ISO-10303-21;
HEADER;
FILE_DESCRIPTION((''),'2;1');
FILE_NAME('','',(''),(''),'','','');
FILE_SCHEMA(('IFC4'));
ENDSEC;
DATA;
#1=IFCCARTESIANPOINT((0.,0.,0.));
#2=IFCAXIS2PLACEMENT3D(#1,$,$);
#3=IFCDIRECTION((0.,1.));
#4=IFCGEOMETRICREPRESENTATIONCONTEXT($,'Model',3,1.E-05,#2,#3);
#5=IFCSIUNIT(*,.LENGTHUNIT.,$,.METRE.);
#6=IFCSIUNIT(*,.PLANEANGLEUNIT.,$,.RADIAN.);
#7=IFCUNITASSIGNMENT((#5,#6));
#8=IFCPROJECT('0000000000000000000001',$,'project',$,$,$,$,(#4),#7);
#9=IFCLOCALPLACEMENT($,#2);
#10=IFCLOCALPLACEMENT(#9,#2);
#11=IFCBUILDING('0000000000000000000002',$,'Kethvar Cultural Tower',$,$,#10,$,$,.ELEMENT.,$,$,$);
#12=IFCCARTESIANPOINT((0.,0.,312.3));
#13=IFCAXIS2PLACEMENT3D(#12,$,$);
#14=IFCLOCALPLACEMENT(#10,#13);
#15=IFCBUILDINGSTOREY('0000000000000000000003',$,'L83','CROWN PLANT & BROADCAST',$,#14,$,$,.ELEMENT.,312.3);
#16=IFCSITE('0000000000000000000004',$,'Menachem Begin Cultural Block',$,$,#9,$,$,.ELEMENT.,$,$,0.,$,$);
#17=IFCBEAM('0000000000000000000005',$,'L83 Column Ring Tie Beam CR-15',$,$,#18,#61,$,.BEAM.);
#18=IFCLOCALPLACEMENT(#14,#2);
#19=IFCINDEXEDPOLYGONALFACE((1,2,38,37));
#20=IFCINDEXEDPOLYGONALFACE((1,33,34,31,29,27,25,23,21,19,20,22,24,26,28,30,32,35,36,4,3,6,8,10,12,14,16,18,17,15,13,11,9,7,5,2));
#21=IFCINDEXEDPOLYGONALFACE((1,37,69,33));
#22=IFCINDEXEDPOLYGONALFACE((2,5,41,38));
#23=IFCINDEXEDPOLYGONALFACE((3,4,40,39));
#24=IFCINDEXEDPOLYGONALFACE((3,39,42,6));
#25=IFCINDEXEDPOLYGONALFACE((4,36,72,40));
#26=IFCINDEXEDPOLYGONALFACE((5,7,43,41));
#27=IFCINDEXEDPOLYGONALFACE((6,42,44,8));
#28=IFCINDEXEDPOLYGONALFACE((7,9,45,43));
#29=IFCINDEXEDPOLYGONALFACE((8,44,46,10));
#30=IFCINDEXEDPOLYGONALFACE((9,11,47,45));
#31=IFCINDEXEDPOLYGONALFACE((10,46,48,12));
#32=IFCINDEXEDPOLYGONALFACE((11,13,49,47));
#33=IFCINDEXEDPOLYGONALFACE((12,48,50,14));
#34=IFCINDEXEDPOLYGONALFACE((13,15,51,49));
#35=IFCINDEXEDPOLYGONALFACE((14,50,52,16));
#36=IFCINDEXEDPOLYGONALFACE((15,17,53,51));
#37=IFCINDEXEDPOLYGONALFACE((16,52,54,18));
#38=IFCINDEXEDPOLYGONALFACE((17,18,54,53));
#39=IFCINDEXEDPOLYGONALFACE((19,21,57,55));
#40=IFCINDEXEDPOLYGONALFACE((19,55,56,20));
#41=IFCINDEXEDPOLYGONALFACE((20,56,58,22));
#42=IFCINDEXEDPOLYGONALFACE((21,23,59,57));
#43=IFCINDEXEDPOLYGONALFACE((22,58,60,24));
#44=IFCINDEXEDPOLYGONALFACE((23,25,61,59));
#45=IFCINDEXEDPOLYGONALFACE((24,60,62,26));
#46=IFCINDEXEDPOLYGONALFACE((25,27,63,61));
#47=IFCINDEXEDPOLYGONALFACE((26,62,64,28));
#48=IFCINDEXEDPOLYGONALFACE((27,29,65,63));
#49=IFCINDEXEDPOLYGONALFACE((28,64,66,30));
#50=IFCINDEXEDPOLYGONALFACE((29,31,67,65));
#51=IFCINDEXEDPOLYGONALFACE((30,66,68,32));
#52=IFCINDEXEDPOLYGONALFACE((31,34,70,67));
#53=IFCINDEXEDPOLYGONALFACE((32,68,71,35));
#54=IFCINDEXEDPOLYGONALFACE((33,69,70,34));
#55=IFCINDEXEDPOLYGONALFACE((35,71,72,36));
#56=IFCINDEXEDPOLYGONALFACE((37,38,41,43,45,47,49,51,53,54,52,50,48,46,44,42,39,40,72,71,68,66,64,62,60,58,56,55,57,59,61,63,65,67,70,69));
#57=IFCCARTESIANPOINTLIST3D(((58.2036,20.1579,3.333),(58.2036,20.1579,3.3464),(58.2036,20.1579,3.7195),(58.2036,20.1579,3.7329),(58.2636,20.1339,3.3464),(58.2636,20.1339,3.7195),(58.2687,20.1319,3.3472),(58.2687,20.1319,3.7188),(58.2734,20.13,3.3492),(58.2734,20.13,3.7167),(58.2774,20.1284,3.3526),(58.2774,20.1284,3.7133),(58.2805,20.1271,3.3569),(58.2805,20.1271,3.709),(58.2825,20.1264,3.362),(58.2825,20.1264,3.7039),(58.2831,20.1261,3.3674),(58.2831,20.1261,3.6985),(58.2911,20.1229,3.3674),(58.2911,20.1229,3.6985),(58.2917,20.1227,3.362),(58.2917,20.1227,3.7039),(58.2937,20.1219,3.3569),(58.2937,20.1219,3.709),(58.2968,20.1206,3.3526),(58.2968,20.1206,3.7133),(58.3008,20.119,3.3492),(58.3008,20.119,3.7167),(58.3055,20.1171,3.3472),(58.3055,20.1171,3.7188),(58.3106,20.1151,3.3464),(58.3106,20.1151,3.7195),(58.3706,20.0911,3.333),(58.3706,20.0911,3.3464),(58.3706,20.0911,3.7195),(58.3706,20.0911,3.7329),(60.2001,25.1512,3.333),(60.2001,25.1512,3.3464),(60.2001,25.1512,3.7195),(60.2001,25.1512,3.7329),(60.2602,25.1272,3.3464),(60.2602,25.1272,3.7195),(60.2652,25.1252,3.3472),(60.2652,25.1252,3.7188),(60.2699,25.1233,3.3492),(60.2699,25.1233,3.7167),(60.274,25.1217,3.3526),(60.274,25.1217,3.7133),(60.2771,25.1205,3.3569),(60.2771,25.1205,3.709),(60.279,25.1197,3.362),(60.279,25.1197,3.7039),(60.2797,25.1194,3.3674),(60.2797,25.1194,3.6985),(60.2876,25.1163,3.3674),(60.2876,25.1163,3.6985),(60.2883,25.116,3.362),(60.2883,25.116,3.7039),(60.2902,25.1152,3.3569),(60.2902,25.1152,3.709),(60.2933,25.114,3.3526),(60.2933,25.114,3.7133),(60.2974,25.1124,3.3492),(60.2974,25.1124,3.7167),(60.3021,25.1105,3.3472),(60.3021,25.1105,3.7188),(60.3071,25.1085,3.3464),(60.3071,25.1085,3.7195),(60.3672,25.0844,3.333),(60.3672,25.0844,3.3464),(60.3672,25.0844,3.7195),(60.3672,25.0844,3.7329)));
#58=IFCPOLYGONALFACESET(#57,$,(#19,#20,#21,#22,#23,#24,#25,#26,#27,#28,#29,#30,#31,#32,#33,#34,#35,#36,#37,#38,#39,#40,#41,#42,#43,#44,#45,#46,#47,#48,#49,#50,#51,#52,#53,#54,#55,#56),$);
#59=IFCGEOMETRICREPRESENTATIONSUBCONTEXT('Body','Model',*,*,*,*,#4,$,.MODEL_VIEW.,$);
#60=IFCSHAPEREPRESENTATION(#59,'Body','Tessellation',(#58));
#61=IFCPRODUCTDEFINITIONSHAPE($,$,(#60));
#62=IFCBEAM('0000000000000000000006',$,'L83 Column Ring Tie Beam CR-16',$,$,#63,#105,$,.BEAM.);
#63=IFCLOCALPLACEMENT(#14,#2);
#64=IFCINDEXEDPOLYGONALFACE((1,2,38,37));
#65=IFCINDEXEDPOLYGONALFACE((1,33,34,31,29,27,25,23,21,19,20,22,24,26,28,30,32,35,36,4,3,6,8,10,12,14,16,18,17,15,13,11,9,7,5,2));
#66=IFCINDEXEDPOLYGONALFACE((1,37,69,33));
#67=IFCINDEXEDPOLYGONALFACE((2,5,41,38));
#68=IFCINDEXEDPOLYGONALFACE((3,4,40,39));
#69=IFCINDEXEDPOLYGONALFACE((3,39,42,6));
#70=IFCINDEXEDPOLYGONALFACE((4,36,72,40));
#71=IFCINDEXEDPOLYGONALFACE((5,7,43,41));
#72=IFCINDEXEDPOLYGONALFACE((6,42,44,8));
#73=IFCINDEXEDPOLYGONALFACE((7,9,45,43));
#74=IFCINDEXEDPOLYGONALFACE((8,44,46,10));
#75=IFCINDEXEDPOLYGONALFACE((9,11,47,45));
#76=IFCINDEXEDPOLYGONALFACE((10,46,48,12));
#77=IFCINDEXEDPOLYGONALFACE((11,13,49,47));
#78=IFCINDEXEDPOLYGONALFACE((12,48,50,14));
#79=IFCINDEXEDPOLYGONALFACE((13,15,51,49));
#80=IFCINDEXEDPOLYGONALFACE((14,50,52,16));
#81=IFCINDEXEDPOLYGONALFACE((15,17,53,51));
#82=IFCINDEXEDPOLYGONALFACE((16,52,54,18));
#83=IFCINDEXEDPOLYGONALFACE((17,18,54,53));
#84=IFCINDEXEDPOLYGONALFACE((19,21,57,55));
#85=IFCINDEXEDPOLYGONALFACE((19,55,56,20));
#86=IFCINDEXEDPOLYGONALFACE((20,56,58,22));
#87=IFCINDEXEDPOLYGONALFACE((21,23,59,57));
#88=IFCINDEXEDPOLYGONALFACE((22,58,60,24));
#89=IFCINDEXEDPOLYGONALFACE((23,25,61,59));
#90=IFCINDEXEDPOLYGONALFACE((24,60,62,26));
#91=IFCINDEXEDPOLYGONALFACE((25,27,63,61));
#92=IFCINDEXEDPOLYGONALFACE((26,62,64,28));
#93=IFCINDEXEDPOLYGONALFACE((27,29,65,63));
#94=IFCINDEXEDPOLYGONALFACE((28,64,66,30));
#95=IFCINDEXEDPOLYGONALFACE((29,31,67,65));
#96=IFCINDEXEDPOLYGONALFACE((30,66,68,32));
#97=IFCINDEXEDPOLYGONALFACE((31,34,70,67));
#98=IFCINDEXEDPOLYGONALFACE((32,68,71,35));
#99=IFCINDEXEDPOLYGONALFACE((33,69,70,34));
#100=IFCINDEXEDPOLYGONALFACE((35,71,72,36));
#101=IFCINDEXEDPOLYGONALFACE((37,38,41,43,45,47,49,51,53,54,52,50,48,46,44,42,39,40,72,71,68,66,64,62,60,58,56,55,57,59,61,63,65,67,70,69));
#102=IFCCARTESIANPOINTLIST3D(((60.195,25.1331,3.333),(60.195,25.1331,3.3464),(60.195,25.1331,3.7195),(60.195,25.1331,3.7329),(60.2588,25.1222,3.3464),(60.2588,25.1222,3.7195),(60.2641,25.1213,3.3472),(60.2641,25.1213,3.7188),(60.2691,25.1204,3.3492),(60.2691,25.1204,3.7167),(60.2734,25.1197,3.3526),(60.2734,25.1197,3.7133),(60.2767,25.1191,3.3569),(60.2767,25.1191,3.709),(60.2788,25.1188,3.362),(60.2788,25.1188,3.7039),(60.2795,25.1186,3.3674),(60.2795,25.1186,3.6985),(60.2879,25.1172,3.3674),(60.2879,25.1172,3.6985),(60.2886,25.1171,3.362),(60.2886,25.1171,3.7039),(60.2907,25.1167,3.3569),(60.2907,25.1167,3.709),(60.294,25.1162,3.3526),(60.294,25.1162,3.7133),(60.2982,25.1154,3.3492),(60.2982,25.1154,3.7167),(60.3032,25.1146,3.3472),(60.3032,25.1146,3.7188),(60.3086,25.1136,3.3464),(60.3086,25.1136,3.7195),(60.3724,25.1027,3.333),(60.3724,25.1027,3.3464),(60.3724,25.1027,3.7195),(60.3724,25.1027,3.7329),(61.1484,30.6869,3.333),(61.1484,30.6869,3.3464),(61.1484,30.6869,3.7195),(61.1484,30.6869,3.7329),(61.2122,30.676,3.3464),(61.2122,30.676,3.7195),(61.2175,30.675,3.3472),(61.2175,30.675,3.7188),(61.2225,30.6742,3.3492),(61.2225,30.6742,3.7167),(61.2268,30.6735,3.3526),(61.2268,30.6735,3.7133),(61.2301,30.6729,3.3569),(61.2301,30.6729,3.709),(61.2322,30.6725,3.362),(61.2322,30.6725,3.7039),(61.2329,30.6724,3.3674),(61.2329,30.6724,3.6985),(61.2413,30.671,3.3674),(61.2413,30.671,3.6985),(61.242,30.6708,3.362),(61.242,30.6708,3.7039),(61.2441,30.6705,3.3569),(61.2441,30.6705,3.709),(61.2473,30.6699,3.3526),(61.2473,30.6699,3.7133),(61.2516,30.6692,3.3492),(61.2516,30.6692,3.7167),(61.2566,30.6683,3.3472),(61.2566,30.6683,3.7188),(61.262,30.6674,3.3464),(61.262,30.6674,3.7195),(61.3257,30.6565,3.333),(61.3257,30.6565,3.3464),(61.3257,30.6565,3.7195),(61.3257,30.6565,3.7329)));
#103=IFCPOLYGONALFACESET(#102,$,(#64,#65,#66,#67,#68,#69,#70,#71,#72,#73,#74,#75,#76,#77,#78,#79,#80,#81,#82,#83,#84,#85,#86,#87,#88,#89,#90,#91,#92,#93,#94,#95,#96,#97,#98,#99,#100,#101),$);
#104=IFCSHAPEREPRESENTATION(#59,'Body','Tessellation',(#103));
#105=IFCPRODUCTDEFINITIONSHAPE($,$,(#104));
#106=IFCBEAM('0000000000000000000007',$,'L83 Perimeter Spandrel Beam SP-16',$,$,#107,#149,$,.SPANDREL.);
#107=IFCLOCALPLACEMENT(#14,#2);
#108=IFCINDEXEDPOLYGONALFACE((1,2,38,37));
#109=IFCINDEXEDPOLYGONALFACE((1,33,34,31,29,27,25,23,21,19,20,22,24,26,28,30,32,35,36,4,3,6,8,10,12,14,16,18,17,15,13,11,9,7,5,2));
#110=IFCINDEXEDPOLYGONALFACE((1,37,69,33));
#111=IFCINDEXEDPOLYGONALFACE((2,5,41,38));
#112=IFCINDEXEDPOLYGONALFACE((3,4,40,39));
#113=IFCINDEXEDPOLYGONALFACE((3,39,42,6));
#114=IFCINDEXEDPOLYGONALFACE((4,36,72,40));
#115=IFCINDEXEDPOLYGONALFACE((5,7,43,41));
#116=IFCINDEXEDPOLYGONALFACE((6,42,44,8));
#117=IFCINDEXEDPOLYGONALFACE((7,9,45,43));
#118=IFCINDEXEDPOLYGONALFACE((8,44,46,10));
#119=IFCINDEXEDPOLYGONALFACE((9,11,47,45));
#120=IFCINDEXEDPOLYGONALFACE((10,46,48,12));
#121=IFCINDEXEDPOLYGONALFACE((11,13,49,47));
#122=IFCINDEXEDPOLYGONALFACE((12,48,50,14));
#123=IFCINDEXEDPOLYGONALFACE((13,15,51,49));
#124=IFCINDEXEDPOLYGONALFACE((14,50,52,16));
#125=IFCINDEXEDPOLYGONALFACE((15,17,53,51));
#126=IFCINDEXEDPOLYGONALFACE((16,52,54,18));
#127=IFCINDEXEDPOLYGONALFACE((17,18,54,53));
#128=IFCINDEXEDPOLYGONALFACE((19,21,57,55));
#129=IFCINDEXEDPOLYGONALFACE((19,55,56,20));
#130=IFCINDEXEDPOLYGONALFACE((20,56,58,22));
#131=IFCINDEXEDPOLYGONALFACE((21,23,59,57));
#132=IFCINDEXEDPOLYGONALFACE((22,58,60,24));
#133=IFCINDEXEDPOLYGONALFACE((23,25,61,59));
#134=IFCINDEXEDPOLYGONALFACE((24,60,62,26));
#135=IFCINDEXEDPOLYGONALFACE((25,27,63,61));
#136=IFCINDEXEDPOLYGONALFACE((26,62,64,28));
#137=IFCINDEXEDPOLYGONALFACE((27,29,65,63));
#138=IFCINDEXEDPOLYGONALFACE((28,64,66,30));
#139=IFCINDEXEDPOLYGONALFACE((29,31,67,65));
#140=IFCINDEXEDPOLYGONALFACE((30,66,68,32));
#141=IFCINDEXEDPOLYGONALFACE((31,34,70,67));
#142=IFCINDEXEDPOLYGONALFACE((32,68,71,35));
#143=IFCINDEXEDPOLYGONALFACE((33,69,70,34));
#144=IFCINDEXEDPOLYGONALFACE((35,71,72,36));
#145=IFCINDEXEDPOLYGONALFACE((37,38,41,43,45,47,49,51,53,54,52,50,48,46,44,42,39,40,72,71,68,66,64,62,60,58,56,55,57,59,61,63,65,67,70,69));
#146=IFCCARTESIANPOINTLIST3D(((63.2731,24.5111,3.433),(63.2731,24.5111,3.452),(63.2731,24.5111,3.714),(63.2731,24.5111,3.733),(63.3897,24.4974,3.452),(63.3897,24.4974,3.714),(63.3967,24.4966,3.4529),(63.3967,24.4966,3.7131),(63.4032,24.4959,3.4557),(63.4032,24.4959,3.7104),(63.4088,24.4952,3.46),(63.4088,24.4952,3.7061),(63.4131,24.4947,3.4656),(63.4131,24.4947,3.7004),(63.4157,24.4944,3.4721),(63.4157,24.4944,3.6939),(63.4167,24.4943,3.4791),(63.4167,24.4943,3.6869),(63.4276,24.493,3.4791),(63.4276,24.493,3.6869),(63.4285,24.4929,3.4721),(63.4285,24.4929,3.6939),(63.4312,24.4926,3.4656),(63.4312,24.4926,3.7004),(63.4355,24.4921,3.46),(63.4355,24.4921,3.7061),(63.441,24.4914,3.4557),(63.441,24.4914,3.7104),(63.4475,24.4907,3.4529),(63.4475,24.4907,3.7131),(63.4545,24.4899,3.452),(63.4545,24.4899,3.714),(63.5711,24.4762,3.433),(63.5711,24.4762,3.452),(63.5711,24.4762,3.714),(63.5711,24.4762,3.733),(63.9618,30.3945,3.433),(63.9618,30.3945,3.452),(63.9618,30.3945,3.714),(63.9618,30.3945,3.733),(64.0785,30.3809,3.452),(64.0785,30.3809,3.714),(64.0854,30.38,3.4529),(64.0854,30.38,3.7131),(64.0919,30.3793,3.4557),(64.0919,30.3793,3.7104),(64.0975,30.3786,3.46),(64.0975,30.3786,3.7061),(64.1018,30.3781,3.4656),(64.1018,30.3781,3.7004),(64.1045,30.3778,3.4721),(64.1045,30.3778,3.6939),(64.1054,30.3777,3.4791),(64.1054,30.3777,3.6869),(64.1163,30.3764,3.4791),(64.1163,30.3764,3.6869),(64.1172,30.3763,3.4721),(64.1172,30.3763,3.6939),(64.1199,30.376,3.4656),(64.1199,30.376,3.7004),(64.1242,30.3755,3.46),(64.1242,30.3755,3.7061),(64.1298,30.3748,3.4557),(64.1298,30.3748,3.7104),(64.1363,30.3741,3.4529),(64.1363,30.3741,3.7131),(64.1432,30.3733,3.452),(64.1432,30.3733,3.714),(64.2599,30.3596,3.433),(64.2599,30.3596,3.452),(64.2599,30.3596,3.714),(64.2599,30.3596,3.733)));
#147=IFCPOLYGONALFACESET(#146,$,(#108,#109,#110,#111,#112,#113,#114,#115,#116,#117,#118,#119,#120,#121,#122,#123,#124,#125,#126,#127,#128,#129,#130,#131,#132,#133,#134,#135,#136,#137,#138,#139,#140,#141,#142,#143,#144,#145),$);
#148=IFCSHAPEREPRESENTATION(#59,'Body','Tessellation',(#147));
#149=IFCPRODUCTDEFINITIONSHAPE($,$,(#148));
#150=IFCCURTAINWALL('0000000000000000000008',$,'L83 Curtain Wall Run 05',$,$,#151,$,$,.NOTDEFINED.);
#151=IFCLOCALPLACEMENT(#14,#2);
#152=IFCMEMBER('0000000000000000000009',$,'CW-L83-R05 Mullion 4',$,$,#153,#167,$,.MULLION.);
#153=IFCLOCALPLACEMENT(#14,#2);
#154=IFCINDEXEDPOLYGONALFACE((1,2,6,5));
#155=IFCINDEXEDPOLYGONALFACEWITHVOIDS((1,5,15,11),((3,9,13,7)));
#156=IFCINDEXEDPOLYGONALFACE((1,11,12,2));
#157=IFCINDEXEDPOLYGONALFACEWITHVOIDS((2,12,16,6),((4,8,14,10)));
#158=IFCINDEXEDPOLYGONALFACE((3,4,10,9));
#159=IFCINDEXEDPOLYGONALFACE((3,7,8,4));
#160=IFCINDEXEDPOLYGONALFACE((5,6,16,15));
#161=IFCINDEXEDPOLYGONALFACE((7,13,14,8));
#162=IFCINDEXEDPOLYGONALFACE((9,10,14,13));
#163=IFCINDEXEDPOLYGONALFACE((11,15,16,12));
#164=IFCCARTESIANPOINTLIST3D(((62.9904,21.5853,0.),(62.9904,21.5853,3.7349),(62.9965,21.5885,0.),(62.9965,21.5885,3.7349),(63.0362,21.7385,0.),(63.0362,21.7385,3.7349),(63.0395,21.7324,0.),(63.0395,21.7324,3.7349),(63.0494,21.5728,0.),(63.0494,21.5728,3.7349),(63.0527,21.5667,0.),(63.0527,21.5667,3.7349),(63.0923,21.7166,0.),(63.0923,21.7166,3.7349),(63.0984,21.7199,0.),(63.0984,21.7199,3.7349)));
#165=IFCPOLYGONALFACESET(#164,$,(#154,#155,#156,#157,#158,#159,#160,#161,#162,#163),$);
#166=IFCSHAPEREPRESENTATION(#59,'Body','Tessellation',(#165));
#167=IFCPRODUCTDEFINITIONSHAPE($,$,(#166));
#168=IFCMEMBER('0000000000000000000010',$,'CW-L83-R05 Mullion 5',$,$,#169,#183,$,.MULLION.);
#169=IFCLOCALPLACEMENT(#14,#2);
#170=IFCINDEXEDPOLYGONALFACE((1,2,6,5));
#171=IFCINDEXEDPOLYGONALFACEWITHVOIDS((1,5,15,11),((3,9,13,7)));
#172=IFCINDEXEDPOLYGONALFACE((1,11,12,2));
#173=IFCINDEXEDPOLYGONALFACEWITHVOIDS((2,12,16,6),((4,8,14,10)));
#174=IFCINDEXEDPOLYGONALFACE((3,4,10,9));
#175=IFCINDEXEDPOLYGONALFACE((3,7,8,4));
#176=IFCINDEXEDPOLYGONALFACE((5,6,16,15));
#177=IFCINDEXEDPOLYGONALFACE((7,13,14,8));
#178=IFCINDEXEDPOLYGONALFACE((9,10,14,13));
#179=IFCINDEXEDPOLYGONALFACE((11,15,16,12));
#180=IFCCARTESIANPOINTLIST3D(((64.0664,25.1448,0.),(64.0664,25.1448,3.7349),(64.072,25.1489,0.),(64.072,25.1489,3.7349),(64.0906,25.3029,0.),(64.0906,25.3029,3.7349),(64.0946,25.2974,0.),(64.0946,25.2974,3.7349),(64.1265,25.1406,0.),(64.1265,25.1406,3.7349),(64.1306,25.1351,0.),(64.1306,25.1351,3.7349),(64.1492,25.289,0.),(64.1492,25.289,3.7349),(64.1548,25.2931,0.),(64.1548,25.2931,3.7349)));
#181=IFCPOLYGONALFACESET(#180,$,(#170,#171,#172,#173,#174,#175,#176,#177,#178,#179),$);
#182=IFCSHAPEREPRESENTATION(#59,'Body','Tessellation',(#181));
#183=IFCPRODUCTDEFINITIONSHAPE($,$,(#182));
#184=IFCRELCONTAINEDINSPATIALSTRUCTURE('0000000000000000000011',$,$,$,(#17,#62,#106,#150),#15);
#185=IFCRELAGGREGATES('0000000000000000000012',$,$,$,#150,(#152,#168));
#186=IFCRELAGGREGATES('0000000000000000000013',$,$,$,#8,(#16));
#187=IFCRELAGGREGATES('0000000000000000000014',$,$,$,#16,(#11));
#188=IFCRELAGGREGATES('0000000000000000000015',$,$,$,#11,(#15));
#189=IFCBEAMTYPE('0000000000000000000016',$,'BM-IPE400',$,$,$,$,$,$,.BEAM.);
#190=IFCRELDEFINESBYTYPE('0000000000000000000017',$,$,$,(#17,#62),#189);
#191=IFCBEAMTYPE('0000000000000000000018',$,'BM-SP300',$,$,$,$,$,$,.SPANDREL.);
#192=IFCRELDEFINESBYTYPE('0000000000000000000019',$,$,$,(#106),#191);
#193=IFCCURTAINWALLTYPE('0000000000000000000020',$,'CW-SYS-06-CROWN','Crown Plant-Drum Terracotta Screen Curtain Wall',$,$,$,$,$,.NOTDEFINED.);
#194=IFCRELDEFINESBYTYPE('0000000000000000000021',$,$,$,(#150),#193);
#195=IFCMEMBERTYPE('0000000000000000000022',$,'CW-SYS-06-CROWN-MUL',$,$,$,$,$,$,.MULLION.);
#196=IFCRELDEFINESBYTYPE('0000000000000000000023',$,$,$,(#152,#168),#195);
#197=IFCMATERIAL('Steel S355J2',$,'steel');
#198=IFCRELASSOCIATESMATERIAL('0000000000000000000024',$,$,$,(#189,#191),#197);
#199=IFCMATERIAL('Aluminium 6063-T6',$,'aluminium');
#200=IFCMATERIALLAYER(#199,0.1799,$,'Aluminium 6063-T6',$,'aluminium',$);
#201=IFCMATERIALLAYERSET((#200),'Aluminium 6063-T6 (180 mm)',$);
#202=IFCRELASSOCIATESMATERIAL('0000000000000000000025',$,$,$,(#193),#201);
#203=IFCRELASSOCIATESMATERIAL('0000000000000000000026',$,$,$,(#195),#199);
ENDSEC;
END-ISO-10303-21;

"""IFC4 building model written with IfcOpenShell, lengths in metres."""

from ifc_helpers import new_model, si_unit, direction, frame, origin, origin_2d, place, context, subcontext, project, spatial, hollow_rectangle, i_section, extrude, source, transform, mapped, material, layer, layer_set, material_profile, profile_set, type_object, element, aggregate, save


model = new_model("IFC4")

# Units and contexts
model_context = context("Model", 3, precision=1e-05, world=origin(), true_north=direction((0.0, 1.0)))
body_context = subcontext(model_context, "Body", "Model", "MODEL_VIEW")
ifc_project = project(units=[si_unit("LENGTHUNIT", "METRE"), si_unit("PLANEANGLEUNIT", "RADIAN")], contexts=[model_context])

# Site, building, storey
site_placement = place(None, origin())
site = spatial("IfcSite", under=ifc_project, at=site_placement, Name="Menachem Begin Cultural Block", CompositionType="ELEMENT", RefElevation=0.0)
building_placement = place(site_placement, origin())
building = spatial("IfcBuilding", under=site, at=building_placement, Name="Kethvar Cultural Tower", CompositionType="ELEMENT")
storey_placement = place(building_placement, frame((0.0, 0.0, 312.3)))
storey = spatial("IfcBuildingStorey", under=building, at=storey_placement, Name="L83", Description="CROWN PLANT & BROADCAST", CompositionType="ELEMENT", Elevation=312.3)

# Shared definitions
ifc_material_1 = material(Name="Steel S355J2", Category="steel")

# Beams
ifc_material_profile_1 = material_profile(ifc_material_1, i_section(OverallWidth=0.1799, OverallDepth=0.3999, WebThickness=0.0085, FlangeThickness=0.0134, FilletRadius=0.021, at=origin_2d()), Name="Steel S355J2 — IPE400")
ifc_profile_set_1 = profile_set([ifc_material_profile_1], Name="Steel S355J2 — IPE400")
beam_type_1 = type_object("IfcBeamType", Name="BM-IPE400", PredefinedType="BEAM", material=ifc_profile_set_1)
shared_shape_1 = source(origin(), body_context, "Body", "SweptSolid", [
    extrude(i_section(OverallWidth=0.1799, OverallDepth=0.3999, WebThickness=0.0085, FlangeThickness=0.0134, FilletRadius=0.021, at=origin_2d()), origin(), (0.0, 0.0, 1.0), 5.3777),
])
beam_1_placement = place(storey_placement, frame((58.2871, 20.1245, 3.533), z_axis=(0.371265, 0.928527, 0.0), x_axis=(-0.928527, 0.371265, 0.0)))
element("IfcBeam", 1, at=beam_1_placement, inside=storey, type_object=beam_type_1, Name="L83 Column Ring Tie Beam CR-15", PredefinedType="BEAM", context=body_context, shape_type="MappedRepresentation", body=[
    mapped(shared_shape_1, transform((0.0, 0.0, 0.0), scale=1.0)),
])
shared_shape_2 = source(origin(), body_context, "Body", "SweptSolid", [
    extrude(i_section(OverallWidth=0.1799, OverallDepth=0.3999, WebThickness=0.0085, FlangeThickness=0.0134, FilletRadius=0.021, at=origin_2d()), origin(), (0.0, 0.0, 1.0), 5.635),
])
beam_2_placement = place(storey_placement, frame((60.2837, 25.1179, 3.533), z_axis=(0.169189, 0.985584, 0.0), x_axis=(-0.985584, 0.169189, 0.0)))
element("IfcBeam", 2, at=beam_2_placement, inside=storey, type_object=beam_type_1, Name="L83 Column Ring Tie Beam CR-16", PredefinedType="BEAM", context=body_context, shape_type="MappedRepresentation", body=[
    mapped(shared_shape_2, transform((0.0, 0.0, 0.0), scale=1.0)),
])
ifc_material_profile_2 = material_profile(ifc_material_1, i_section(OverallWidth=0.3, OverallDepth=0.3, WebThickness=0.011, FlangeThickness=0.019, FilletRadius=0.0271, at=origin_2d()), Name="Steel S355J2 — HEB300")
ifc_profile_set_2 = profile_set([ifc_material_profile_2], Name="Steel S355J2 — HEB300")
beam_type_2 = type_object("IfcBeamType", Name="BM-SP300", PredefinedType="SPANDREL", material=ifc_profile_set_2)
shared_shape_3 = source(origin(), body_context, "Body", "SweptSolid", [
    extrude(i_section(OverallWidth=0.3, OverallDepth=0.3, WebThickness=0.011, FlangeThickness=0.019, FilletRadius=0.0271, at=origin_2d()), origin(), (0.0, 0.0, 1.0), 5.9236),
])
beam_3_placement = place(storey_placement, frame((63.4221, 24.4937, 3.583), z_axis=(0.11627, 0.993218, 0.0), x_axis=(-0.993218, 0.11627, 0.0)))
element("IfcBeam", 3, at=beam_3_placement, inside=storey, type_object=beam_type_2, Name="L83 Perimeter Spandrel Beam SP-16", PredefinedType="SPANDREL", context=body_context, shape_type="MappedRepresentation", body=[
    mapped(shared_shape_3, transform((0.0, 0.0, 0.0), scale=1.0)),
])

# Curtain wall, members
ifc_material_2 = material(Name="Aluminium 6063-T6", Category="aluminium")
ifc_layer_1 = layer(ifc_material_2, 0.1799, Name="Aluminium 6063-T6", Category="aluminium")
ifc_layer_set_1 = layer_set([ifc_layer_1], Name="Aluminium 6063-T6 (180 mm)")
curtain_wall_type = type_object("IfcCurtainWallType", Name="CW-SYS-06-CROWN", Description="Crown Plant-Drum Terracotta Screen Curtain Wall", PredefinedType="NOTDEFINED", material=ifc_layer_set_1)
curtain_wall_placement = place(storey_placement, origin())
curtain_wall = element("IfcCurtainWall", 4, at=curtain_wall_placement, inside=storey, type_object=curtain_wall_type, Name="L83 Curtain Wall Run 05", PredefinedType="NOTDEFINED")
ifc_material_profile_3 = material_profile(ifc_material_2, hollow_rectangle(XDim=0.0649, YDim=0.1599, WallThickness=0.0049, at=origin_2d()), Name="Aluminium 6063-T6 — RHS160x65x5")
ifc_profile_set_3 = profile_set([ifc_material_profile_3], Name="Aluminium 6063-T6 — RHS160x65x5")
member_type_1 = type_object("IfcMemberType", Name="CW-SYS-06-CROWN-MUL", PredefinedType="MULLION", material=ifc_profile_set_3)
shared_shape_4 = source(origin(), body_context, "Body", "SweptSolid", [
    extrude(hollow_rectangle(XDim=0.0649, YDim=0.1599, WallThickness=0.0049, at=origin_2d()), origin(), (0.0, 0.0, 1.0), 3.7349),
])
member_1_placement = place(storey_placement, frame((63.0444, 21.6526, 0.0), z_axis=(0.0, 0.0, 1.0), x_axis=(-0.958193, 0.286123, 0.0)))
member_1 = element("IfcMember", 5, at=member_1_placement, type_object=member_type_1, Name="CW-L83-R05 Mullion 4", PredefinedType="MULLION", context=body_context, shape_type="MappedRepresentation", body=[
    mapped(shared_shape_4, transform((0.0, 0.0, 0.0), scale=1.0)),
])
member_2_placement = place(storey_placement, frame((64.1106, 25.219, 0.0), z_axis=(0.0, 0.0, 1.0), x_axis=(-0.988562, 0.150812, 0.0)))
member_2 = element("IfcMember", 6, at=member_2_placement, type_object=member_type_1, Name="CW-L83-R05 Mullion 5", PredefinedType="MULLION", context=body_context, shape_type="MappedRepresentation", body=[
    mapped(shared_shape_4, transform((0.0, 0.0, 0.0), scale=1.0)),
])
aggregate(curtain_wall, [member_1, member_2])

save(model, "model.ifc")
